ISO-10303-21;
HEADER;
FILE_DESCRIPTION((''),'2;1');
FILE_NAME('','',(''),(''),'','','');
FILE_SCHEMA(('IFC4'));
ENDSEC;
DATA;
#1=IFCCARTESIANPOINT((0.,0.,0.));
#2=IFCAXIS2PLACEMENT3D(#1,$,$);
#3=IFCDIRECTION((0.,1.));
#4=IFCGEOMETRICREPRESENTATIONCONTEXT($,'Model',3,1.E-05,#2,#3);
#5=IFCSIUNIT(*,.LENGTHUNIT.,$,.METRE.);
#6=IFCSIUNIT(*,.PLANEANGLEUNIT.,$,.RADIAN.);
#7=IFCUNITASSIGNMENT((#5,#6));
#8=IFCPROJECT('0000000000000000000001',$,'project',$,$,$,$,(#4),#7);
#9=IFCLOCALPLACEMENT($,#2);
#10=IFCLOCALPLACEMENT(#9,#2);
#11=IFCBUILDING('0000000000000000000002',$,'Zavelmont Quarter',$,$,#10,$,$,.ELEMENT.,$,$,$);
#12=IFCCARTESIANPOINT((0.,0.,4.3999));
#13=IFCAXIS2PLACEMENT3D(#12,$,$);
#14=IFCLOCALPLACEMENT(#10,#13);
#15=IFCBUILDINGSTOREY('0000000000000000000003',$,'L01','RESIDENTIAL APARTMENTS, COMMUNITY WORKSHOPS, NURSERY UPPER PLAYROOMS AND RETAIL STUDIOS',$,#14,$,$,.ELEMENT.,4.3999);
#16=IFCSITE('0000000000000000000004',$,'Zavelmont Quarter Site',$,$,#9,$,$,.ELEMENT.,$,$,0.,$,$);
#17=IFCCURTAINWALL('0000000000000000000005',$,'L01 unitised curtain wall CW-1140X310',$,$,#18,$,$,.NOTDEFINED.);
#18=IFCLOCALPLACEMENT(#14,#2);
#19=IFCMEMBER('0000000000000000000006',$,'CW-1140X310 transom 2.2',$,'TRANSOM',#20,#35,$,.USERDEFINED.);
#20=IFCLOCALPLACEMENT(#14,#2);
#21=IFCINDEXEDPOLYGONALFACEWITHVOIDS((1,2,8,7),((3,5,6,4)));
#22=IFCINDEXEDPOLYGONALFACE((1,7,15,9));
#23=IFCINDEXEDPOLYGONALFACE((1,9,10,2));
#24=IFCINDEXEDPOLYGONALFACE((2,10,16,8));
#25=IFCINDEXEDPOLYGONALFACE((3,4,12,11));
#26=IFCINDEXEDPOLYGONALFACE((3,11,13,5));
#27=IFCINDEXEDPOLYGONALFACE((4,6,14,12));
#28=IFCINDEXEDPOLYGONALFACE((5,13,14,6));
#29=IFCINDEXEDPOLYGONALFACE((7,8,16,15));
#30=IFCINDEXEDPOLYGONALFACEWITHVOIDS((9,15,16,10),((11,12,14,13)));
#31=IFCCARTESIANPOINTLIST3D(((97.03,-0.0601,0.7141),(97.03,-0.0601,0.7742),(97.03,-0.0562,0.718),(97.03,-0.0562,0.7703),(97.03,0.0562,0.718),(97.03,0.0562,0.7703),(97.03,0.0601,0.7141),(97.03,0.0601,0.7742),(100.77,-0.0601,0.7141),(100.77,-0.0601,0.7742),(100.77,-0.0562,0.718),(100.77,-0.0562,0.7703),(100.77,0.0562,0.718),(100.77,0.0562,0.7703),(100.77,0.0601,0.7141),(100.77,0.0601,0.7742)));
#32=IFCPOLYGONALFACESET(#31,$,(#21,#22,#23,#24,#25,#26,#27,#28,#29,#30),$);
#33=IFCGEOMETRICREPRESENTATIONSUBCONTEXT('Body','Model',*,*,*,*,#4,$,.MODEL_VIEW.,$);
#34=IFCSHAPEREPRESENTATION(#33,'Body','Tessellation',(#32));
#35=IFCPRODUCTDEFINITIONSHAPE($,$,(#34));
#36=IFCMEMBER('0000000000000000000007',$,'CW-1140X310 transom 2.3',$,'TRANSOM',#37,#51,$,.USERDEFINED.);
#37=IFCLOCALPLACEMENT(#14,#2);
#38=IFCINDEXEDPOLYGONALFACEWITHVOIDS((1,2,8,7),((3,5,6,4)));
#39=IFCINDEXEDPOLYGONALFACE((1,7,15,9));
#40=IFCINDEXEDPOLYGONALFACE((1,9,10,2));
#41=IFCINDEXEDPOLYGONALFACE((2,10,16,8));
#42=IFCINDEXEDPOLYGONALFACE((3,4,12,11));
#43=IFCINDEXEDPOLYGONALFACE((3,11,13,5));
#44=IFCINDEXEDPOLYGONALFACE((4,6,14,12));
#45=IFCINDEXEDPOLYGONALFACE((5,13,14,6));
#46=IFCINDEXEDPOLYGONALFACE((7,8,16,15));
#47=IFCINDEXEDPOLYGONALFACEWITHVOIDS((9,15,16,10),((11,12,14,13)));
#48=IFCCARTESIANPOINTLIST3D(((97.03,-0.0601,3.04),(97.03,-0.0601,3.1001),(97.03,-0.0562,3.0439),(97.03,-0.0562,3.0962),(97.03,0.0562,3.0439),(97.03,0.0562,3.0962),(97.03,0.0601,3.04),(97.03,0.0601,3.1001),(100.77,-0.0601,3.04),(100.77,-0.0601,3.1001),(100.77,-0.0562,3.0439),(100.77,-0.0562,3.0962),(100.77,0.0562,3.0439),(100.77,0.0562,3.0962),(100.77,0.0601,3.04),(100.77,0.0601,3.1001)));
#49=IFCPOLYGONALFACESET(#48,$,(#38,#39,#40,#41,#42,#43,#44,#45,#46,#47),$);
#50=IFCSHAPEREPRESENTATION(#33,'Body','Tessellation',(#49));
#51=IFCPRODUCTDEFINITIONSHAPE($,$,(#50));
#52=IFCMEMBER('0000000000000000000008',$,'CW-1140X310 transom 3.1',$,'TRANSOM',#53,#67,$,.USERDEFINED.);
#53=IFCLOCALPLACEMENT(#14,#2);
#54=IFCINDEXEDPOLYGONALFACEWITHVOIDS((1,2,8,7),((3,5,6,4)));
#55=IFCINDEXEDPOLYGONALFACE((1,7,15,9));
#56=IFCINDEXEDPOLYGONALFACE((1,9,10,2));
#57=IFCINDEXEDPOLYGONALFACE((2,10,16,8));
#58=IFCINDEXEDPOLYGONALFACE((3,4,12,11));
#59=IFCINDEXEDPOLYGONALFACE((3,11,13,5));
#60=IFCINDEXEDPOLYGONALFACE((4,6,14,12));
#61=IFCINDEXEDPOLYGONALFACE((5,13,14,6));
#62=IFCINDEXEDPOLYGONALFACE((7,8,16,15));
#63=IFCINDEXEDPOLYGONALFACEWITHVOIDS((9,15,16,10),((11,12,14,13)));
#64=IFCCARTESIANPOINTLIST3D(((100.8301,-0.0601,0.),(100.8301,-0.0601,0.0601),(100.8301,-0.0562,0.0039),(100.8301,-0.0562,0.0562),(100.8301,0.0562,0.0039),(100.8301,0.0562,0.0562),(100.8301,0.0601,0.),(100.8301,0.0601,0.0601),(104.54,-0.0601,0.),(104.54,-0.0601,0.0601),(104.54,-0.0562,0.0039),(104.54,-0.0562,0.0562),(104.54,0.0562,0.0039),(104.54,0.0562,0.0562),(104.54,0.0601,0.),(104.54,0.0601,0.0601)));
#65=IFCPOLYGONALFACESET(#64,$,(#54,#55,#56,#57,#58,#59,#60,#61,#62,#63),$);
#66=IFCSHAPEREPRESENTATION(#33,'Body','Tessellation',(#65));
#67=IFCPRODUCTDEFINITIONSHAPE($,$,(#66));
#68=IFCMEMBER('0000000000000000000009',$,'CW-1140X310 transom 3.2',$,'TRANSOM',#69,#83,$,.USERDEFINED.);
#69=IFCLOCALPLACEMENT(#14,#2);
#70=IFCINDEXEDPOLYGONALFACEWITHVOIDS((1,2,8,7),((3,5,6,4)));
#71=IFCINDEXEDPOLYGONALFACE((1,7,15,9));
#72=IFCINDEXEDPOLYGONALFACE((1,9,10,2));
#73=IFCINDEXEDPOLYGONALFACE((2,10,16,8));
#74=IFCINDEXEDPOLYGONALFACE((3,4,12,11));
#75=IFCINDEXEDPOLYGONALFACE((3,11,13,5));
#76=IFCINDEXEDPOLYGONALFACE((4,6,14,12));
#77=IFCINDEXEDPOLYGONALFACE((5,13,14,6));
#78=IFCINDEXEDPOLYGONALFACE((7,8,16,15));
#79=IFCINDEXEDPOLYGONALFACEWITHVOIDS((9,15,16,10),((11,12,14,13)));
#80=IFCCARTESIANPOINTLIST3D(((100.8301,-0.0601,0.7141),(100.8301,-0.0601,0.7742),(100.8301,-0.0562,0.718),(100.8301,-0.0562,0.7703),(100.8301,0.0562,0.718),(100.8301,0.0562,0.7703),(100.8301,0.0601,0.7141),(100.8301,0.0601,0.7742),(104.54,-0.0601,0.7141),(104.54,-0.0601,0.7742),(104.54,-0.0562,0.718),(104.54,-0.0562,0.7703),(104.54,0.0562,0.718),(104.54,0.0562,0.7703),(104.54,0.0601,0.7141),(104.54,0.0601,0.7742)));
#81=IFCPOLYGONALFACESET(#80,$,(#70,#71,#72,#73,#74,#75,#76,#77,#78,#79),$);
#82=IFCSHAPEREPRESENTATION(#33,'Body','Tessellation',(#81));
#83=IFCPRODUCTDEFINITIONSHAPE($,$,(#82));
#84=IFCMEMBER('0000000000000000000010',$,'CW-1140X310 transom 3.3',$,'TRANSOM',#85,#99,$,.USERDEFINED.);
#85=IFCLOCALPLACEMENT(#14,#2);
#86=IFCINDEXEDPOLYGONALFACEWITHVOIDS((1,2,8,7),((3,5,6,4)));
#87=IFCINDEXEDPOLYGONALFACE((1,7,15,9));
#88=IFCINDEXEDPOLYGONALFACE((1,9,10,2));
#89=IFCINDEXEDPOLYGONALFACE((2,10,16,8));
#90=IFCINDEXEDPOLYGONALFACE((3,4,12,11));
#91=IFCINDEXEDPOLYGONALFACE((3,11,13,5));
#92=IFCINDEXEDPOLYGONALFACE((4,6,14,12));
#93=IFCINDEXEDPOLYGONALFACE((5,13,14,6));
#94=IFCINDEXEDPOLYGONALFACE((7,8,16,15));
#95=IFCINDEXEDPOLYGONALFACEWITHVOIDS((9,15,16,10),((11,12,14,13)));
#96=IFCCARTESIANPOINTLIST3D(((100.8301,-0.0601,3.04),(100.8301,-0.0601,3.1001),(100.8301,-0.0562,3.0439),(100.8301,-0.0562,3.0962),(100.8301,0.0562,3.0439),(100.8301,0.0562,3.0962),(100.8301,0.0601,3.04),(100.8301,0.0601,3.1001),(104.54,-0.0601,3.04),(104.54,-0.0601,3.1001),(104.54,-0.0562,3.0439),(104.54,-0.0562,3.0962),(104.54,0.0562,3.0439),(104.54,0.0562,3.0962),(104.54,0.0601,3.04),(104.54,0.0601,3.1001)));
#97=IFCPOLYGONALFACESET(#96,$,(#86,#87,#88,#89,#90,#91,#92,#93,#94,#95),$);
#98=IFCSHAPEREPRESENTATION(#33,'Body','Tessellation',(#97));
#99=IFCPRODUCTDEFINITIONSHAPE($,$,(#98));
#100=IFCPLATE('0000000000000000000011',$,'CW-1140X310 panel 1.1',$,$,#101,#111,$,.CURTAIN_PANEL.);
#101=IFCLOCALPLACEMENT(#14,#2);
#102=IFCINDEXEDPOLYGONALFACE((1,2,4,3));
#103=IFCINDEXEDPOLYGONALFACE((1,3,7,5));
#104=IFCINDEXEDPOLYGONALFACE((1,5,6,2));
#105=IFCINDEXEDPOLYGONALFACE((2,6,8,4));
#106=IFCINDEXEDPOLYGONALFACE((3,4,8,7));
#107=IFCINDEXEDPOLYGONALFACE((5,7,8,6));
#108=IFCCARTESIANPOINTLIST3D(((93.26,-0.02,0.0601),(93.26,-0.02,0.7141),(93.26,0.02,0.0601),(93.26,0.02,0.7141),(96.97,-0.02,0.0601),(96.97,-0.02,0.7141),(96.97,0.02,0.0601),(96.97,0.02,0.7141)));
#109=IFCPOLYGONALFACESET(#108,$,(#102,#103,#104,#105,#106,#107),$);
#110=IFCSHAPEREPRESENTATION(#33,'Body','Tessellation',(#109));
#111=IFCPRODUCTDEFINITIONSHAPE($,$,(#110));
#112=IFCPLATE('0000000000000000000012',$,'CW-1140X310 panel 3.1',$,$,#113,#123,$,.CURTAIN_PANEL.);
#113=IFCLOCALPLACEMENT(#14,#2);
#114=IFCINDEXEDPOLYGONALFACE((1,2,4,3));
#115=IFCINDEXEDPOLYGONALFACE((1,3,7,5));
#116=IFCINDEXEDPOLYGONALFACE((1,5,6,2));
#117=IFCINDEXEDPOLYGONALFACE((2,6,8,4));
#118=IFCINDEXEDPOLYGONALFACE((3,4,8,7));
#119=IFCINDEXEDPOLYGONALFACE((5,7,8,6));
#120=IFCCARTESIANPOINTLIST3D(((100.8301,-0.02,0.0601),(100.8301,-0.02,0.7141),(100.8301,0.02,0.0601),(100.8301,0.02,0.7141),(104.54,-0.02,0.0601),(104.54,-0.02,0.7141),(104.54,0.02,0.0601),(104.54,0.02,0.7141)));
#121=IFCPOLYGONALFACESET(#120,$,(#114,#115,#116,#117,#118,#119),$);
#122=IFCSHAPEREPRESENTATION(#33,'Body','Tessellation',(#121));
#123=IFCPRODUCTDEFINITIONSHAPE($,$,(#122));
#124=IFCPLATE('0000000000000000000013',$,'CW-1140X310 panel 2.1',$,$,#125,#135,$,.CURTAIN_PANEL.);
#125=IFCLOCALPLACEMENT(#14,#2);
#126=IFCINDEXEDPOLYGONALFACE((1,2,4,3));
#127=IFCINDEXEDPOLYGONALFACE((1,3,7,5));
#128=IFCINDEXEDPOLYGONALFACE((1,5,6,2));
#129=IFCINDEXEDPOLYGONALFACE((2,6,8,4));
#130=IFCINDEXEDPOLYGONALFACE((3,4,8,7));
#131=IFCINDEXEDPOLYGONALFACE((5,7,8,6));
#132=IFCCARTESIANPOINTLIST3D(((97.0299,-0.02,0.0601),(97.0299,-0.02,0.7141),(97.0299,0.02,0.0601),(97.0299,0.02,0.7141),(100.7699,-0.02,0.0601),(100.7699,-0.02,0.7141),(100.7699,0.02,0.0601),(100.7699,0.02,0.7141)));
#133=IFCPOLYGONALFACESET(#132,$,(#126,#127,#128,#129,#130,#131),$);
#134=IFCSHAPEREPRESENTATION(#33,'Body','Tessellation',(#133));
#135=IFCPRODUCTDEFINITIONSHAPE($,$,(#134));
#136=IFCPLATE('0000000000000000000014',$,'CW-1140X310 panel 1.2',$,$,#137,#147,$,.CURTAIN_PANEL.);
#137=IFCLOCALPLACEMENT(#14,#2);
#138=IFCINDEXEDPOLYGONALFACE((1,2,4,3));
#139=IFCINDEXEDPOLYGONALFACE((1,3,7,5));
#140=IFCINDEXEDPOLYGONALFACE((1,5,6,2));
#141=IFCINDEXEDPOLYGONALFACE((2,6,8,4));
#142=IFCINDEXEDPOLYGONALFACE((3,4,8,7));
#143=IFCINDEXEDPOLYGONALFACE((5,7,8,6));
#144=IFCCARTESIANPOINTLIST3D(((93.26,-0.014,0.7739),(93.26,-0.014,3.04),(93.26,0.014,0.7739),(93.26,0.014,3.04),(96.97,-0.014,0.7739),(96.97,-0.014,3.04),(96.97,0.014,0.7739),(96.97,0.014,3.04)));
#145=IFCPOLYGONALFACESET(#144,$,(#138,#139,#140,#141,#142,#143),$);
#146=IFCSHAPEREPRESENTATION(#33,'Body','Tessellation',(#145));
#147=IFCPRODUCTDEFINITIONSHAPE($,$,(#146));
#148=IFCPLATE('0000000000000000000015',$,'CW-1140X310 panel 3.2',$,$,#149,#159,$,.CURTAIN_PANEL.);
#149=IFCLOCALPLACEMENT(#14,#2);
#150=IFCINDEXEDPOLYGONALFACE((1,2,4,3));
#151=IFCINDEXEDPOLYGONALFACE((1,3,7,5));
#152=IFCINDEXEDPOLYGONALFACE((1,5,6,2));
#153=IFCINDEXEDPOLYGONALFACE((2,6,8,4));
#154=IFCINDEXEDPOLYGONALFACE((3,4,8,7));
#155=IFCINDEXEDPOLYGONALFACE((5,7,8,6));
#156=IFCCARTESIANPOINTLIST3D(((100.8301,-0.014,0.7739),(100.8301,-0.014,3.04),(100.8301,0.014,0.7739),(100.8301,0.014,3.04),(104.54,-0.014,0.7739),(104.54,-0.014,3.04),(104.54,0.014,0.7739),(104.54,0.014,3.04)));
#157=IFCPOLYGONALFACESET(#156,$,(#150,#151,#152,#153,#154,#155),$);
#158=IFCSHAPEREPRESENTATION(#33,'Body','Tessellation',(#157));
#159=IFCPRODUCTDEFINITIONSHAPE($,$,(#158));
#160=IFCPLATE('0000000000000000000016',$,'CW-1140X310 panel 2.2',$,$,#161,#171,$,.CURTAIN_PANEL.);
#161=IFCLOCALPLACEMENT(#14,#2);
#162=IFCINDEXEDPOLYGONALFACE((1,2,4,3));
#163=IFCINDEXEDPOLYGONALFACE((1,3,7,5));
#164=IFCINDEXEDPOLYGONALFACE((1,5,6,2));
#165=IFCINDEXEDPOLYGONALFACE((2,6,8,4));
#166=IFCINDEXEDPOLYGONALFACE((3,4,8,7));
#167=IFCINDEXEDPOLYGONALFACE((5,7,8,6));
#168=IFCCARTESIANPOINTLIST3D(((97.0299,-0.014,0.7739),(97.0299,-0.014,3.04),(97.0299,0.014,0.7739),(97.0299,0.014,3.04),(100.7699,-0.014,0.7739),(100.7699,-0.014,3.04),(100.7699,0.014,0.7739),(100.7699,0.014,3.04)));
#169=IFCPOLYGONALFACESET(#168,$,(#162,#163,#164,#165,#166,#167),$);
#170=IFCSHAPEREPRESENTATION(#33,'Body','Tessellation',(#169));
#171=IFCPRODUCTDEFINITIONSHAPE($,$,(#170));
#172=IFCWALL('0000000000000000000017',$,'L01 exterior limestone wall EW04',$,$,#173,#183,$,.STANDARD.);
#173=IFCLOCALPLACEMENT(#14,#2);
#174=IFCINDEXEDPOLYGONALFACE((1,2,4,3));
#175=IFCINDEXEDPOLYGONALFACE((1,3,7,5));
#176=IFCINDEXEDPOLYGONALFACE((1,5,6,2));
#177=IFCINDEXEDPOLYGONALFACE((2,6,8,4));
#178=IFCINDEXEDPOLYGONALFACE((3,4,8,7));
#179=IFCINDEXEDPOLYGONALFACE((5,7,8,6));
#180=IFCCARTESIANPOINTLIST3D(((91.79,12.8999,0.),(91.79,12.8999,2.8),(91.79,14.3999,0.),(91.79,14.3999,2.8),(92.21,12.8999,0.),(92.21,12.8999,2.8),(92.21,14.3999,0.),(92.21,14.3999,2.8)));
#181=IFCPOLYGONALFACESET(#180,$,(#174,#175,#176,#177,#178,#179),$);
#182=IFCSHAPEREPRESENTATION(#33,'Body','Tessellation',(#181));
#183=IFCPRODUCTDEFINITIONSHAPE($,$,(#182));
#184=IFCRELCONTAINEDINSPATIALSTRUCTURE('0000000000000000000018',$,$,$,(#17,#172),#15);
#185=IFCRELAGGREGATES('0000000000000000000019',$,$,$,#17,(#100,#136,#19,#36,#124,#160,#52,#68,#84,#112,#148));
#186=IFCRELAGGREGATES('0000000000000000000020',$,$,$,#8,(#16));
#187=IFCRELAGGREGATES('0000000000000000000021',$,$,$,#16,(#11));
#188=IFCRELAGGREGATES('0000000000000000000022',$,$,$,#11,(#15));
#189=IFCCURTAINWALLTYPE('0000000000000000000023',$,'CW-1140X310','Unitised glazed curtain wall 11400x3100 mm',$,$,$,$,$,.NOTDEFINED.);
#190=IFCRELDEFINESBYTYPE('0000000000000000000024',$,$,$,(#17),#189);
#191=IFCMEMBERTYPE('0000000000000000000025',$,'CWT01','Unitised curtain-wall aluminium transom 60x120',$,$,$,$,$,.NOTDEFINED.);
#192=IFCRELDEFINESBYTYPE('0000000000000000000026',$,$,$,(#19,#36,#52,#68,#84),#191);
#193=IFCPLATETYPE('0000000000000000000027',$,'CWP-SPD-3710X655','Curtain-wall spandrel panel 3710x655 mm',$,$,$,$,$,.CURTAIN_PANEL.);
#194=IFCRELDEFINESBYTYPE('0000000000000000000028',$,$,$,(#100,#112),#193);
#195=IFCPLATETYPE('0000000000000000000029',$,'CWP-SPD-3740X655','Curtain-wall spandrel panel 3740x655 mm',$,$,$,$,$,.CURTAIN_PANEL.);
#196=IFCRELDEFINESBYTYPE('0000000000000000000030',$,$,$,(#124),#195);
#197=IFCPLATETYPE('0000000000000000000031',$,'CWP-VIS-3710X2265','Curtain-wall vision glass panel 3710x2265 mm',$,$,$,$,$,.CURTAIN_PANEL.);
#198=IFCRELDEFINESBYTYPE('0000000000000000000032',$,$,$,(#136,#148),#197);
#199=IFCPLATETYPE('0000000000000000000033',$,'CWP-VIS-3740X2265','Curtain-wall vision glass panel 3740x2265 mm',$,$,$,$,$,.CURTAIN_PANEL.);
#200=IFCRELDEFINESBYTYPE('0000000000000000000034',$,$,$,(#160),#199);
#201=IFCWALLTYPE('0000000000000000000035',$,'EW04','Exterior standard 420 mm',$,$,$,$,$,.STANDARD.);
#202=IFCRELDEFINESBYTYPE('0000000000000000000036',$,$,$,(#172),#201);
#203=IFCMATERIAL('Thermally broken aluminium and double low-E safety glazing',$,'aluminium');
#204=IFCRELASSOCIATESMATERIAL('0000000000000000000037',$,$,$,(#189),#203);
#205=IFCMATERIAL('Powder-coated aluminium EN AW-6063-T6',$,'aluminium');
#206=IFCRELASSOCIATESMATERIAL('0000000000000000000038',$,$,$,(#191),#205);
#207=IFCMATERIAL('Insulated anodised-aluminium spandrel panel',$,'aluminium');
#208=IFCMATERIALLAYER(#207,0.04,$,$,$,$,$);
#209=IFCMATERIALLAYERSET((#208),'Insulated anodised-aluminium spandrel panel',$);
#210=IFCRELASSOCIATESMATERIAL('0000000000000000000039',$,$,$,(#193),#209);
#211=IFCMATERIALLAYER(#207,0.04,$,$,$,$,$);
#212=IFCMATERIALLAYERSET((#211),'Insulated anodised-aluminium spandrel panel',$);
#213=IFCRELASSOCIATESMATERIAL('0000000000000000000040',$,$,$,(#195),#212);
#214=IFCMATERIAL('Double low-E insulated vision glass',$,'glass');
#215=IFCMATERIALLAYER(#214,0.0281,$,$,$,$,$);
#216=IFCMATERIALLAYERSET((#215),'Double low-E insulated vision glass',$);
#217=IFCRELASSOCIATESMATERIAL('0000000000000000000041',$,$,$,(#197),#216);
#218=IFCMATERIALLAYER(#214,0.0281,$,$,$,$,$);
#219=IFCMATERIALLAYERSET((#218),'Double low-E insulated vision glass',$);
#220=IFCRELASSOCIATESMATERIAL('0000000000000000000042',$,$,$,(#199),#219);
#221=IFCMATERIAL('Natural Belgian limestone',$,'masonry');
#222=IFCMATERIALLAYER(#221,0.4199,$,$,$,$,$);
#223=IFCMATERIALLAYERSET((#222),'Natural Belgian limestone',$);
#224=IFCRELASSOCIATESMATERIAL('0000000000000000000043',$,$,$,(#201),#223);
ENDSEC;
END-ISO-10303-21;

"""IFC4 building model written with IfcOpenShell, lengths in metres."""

from ifc_helpers import new_model, si_unit, direction, frame, frame_2d, origin, origin_2d, place, context, subcontext, project, spatial, rectangle, hollow_rectangle, extrude, material, layer, layer_set, material_profile, profile_set, type_object, element, aggregate, save


model = new_model("IFC4")

# Units and contexts
model_context = context("Model", 3, precision=1e-05, world=origin(), true_north=direction((0.0, 1.0)))
body_context = subcontext(model_context, "Body", "Model", "MODEL_VIEW")
ifc_project = project(units=[si_unit("LENGTHUNIT", "METRE"), si_unit("PLANEANGLEUNIT", "RADIAN")], contexts=[model_context])

# Site, building, storey
site_placement = place(None, origin())
site = spatial("IfcSite", under=ifc_project, at=site_placement, Name="Zavelmont Quarter Site", CompositionType="ELEMENT", RefElevation=0.0)
building_placement = place(site_placement, origin())
building = spatial("IfcBuilding", under=site, at=building_placement, Name="Zavelmont Quarter", CompositionType="ELEMENT")
storey_placement = place(building_placement, frame((0.0, 0.0, 4.3999)))
storey = spatial("IfcBuildingStorey", under=building, at=storey_placement, Name="L01", Description="RESIDENTIAL APARTMENTS, COMMUNITY WORKSHOPS, NURSERY UPPER PLAYROOMS AND RETAIL STUDIOS", CompositionType="ELEMENT", Elevation=4.3999)

# Curtain wall, members, plates
ifc_material_1 = material(Name="Thermally broken aluminium and double low-E safety glazing", Category="aluminium")
curtain_wall_type = type_object("IfcCurtainWallType", Name="CW-1140X310", Description="Unitised glazed curtain wall 11400x3100 mm", PredefinedType="NOTDEFINED", material=ifc_material_1)
curtain_wall_placement = place(storey_placement, origin())
curtain_wall = element("IfcCurtainWall", 1, at=curtain_wall_placement, inside=storey, type_object=curtain_wall_type, Name="L01 unitised curtain wall CW-1140X310", PredefinedType="NOTDEFINED")
ifc_material_2 = material(Name="Powder-coated aluminium EN AW-6063-T6", Category="aluminium")
ifc_material_profile_1 = material_profile(ifc_material_2, hollow_rectangle(XDim=0.1201, YDim=0.0601, WallThickness=0.0039, at=origin_2d()), Name="CWT60X120")
ifc_profile_set_1 = profile_set([ifc_material_profile_1], Name="Powder-coated aluminium EN AW-6063-T6")
member_type_1 = type_object("IfcMemberType", Name="CWT01", Description="Unitised curtain-wall aluminium transom 60x120", PredefinedType="NOTDEFINED", material=ifc_profile_set_1)
member_1_placement = place(storey_placement, frame((97.03, 0.0, 0.7441), z_axis=(1.0, 0.0, 0.0), x_axis=(0.0, 1.0, 0.0)))
member_1 = element("IfcMember", 2, at=member_1_placement, type_object=member_type_1, Name="CW-1140X310 transom 2.2", ObjectType="TRANSOM", PredefinedType="USERDEFINED", context=body_context, shape_type="SweptSolid", body=[
    extrude(hollow_rectangle(XDim=0.1201, YDim=0.0601, WallThickness=0.0039, at=origin_2d()), origin(), (0.0, 0.0, 1.0), 3.74),
])
member_2_placement = place(storey_placement, frame((97.03, 0.0, 3.0701), z_axis=(1.0, 0.0, 0.0), x_axis=(0.0, 1.0, 0.0)))
member_2 = element("IfcMember", 3, at=member_2_placement, type_object=member_type_1, Name="CW-1140X310 transom 2.3", ObjectType="TRANSOM", PredefinedType="USERDEFINED", context=body_context, shape_type="SweptSolid", body=[
    extrude(hollow_rectangle(XDim=0.1201, YDim=0.0601, WallThickness=0.0039, at=origin_2d()), origin(), (0.0, 0.0, 1.0), 3.74),
])
member_3_placement = place(storey_placement, frame((100.8301, 0.0, 0.03), z_axis=(1.0, 0.0, 0.0), x_axis=(0.0, 1.0, 0.0)))
member_3 = element("IfcMember", 4, at=member_3_placement, type_object=member_type_1, Name="CW-1140X310 transom 3.1", ObjectType="TRANSOM", PredefinedType="USERDEFINED", context=body_context, shape_type="SweptSolid", body=[
    extrude(hollow_rectangle(XDim=0.1201, YDim=0.0601, WallThickness=0.0039, at=origin_2d()), origin(), (0.0, 0.0, 1.0), 3.71),
])
member_4_placement = place(storey_placement, frame((100.8301, 0.0, 0.7441), z_axis=(1.0, 0.0, 0.0), x_axis=(0.0, 1.0, 0.0)))
member_4 = element("IfcMember", 5, at=member_4_placement, type_object=member_type_1, Name="CW-1140X310 transom 3.2", ObjectType="TRANSOM", PredefinedType="USERDEFINED", context=body_context, shape_type="SweptSolid", body=[
    extrude(hollow_rectangle(XDim=0.1201, YDim=0.0601, WallThickness=0.0039, at=origin_2d()), origin(), (0.0, 0.0, 1.0), 3.71),
])
member_5_placement = place(storey_placement, frame((100.8301, 0.0, 3.0701), z_axis=(1.0, 0.0, 0.0), x_axis=(0.0, 1.0, 0.0)))
member_5 = element("IfcMember", 6, at=member_5_placement, type_object=member_type_1, Name="CW-1140X310 transom 3.3", ObjectType="TRANSOM", PredefinedType="USERDEFINED", context=body_context, shape_type="SweptSolid", body=[
    extrude(hollow_rectangle(XDim=0.1201, YDim=0.0601, WallThickness=0.0039, at=origin_2d()), origin(), (0.0, 0.0, 1.0), 3.71),
])
ifc_material_3 = material(Name="Insulated anodised-aluminium spandrel panel", Category="aluminium")
ifc_layer_1 = layer(ifc_material_3, 0.04)
ifc_layer_set_1 = layer_set([ifc_layer_1], Name="Insulated anodised-aluminium spandrel panel")
plate_type_1 = type_object("IfcPlateType", Name="CWP-SPD-3710X655", Description="Curtain-wall spandrel panel 3710x655 mm", PredefinedType="CURTAIN_PANEL", material=ifc_layer_set_1)
plate_1_placement = place(storey_placement, frame((95.115, 0.0, 0.0601), z_axis=(0.0, 0.0, 1.0), x_axis=(1.0, 0.0, 0.0)))
plate_1 = element("IfcPlate", 7, at=plate_1_placement, type_object=plate_type_1, Name="CW-1140X310 panel 1.1", PredefinedType="CURTAIN_PANEL", context=body_context, shape_type="SweptSolid", body=[
    extrude(rectangle(XDim=3.71, YDim=0.04, at=origin_2d()), origin(), (0.0, 0.0, 1.0), 0.6541),
])
plate_2_placement = place(storey_placement, frame((102.6851, 0.0, 0.0601), z_axis=(0.0, 0.0, 1.0), x_axis=(1.0, 0.0, 0.0)))
plate_2 = element("IfcPlate", 8, at=plate_2_placement, type_object=plate_type_1, Name="CW-1140X310 panel 3.1", PredefinedType="CURTAIN_PANEL", context=body_context, shape_type="SweptSolid", body=[
    extrude(rectangle(XDim=3.71, YDim=0.04, at=origin_2d()), origin(), (0.0, 0.0, 1.0), 0.6541),
])
ifc_layer_2 = layer(ifc_material_3, 0.04)
ifc_layer_set_2 = layer_set([ifc_layer_2], Name="Insulated anodised-aluminium spandrel panel")
plate_type_2 = type_object("IfcPlateType", Name="CWP-SPD-3740X655", Description="Curtain-wall spandrel panel 3740x655 mm", PredefinedType="CURTAIN_PANEL", material=ifc_layer_set_2)
plate_3_placement = place(storey_placement, frame((98.8999, 0.0, 0.0601), z_axis=(0.0, 0.0, 1.0), x_axis=(1.0, 0.0, 0.0)))
plate_3 = element("IfcPlate", 9, at=plate_3_placement, type_object=plate_type_2, Name="CW-1140X310 panel 2.1", PredefinedType="CURTAIN_PANEL", context=body_context, shape_type="SweptSolid", body=[
    extrude(rectangle(XDim=3.74, YDim=0.04, at=origin_2d()), origin(), (0.0, 0.0, 1.0), 0.6541),
])
ifc_material_4 = material(Name="Double low-E insulated vision glass", Category="glass")
ifc_layer_3 = layer(ifc_material_4, 0.0281)
ifc_layer_set_3 = layer_set([ifc_layer_3], Name="Double low-E insulated vision glass")
plate_type_3 = type_object("IfcPlateType", Name="CWP-VIS-3710X2265", Description="Curtain-wall vision glass panel 3710x2265 mm", PredefinedType="CURTAIN_PANEL", material=ifc_layer_set_3)
plate_4_placement = place(storey_placement, frame((95.115, 0.0, 0.7739), z_axis=(0.0, 0.0, 1.0), x_axis=(1.0, 0.0, 0.0)))
plate_4 = element("IfcPlate", 10, at=plate_4_placement, type_object=plate_type_3, Name="CW-1140X310 panel 1.2", PredefinedType="CURTAIN_PANEL", context=body_context, shape_type="SweptSolid", body=[
    extrude(rectangle(XDim=3.71, YDim=0.0281, at=origin_2d()), origin(), (0.0, 0.0, 1.0), 2.2661),
])
plate_5_placement = place(storey_placement, frame((102.6851, 0.0, 0.7739), z_axis=(0.0, 0.0, 1.0), x_axis=(1.0, 0.0, 0.0)))
plate_5 = element("IfcPlate", 11, at=plate_5_placement, type_object=plate_type_3, Name="CW-1140X310 panel 3.2", PredefinedType="CURTAIN_PANEL", context=body_context, shape_type="SweptSolid", body=[
    extrude(rectangle(XDim=3.71, YDim=0.0281, at=origin_2d()), origin(), (0.0, 0.0, 1.0), 2.2661),
])
ifc_layer_4 = layer(ifc_material_4, 0.0281)
ifc_layer_set_4 = layer_set([ifc_layer_4], Name="Double low-E insulated vision glass")
plate_type_4 = type_object("IfcPlateType", Name="CWP-VIS-3740X2265", Description="Curtain-wall vision glass panel 3740x2265 mm", PredefinedType="CURTAIN_PANEL", material=ifc_layer_set_4)
plate_6_placement = place(storey_placement, frame((98.8999, 0.0, 0.7739), z_axis=(0.0, 0.0, 1.0), x_axis=(1.0, 0.0, 0.0)))
plate_6 = element("IfcPlate", 12, at=plate_6_placement, type_object=plate_type_4, Name="CW-1140X310 panel 2.2", PredefinedType="CURTAIN_PANEL", context=body_context, shape_type="SweptSolid", body=[
    extrude(rectangle(XDim=3.74, YDim=0.0281, at=origin_2d()), origin(), (0.0, 0.0, 1.0), 2.2661),
])
aggregate(curtain_wall, [plate_1, plate_4, member_1, member_2, plate_3, plate_6, member_3, member_4, member_5, plate_2, plate_5])

# Wall
ifc_material_5 = material(Name="Natural Belgian limestone", Category="masonry")
ifc_layer_5 = layer(ifc_material_5, 0.4199)
ifc_layer_set_5 = layer_set([ifc_layer_5], Name="Natural Belgian limestone")
wall_type = type_object("IfcWallType", Name="EW04", Description="Exterior standard 420 mm", PredefinedType="STANDARD", material=ifc_layer_set_5)
wall_placement = place(storey_placement, frame((92.0, 12.8999, 0.0), z_axis=(0.0, 0.0, 1.0), x_axis=(0.0, 1.0, 0.0)))
element("IfcWall", 13, at=wall_placement, inside=storey, type_object=wall_type, Name="L01 exterior limestone wall EW04", PredefinedType="STANDARD", context=body_context, shape_type="SweptSolid", body=[
    extrude(rectangle(XDim=1.5, YDim=0.4199, at=frame_2d((0.75, 0.0))), origin(), (0.0, 0.0, 1.0), 2.8),
])

save(model, "model.ifc")
